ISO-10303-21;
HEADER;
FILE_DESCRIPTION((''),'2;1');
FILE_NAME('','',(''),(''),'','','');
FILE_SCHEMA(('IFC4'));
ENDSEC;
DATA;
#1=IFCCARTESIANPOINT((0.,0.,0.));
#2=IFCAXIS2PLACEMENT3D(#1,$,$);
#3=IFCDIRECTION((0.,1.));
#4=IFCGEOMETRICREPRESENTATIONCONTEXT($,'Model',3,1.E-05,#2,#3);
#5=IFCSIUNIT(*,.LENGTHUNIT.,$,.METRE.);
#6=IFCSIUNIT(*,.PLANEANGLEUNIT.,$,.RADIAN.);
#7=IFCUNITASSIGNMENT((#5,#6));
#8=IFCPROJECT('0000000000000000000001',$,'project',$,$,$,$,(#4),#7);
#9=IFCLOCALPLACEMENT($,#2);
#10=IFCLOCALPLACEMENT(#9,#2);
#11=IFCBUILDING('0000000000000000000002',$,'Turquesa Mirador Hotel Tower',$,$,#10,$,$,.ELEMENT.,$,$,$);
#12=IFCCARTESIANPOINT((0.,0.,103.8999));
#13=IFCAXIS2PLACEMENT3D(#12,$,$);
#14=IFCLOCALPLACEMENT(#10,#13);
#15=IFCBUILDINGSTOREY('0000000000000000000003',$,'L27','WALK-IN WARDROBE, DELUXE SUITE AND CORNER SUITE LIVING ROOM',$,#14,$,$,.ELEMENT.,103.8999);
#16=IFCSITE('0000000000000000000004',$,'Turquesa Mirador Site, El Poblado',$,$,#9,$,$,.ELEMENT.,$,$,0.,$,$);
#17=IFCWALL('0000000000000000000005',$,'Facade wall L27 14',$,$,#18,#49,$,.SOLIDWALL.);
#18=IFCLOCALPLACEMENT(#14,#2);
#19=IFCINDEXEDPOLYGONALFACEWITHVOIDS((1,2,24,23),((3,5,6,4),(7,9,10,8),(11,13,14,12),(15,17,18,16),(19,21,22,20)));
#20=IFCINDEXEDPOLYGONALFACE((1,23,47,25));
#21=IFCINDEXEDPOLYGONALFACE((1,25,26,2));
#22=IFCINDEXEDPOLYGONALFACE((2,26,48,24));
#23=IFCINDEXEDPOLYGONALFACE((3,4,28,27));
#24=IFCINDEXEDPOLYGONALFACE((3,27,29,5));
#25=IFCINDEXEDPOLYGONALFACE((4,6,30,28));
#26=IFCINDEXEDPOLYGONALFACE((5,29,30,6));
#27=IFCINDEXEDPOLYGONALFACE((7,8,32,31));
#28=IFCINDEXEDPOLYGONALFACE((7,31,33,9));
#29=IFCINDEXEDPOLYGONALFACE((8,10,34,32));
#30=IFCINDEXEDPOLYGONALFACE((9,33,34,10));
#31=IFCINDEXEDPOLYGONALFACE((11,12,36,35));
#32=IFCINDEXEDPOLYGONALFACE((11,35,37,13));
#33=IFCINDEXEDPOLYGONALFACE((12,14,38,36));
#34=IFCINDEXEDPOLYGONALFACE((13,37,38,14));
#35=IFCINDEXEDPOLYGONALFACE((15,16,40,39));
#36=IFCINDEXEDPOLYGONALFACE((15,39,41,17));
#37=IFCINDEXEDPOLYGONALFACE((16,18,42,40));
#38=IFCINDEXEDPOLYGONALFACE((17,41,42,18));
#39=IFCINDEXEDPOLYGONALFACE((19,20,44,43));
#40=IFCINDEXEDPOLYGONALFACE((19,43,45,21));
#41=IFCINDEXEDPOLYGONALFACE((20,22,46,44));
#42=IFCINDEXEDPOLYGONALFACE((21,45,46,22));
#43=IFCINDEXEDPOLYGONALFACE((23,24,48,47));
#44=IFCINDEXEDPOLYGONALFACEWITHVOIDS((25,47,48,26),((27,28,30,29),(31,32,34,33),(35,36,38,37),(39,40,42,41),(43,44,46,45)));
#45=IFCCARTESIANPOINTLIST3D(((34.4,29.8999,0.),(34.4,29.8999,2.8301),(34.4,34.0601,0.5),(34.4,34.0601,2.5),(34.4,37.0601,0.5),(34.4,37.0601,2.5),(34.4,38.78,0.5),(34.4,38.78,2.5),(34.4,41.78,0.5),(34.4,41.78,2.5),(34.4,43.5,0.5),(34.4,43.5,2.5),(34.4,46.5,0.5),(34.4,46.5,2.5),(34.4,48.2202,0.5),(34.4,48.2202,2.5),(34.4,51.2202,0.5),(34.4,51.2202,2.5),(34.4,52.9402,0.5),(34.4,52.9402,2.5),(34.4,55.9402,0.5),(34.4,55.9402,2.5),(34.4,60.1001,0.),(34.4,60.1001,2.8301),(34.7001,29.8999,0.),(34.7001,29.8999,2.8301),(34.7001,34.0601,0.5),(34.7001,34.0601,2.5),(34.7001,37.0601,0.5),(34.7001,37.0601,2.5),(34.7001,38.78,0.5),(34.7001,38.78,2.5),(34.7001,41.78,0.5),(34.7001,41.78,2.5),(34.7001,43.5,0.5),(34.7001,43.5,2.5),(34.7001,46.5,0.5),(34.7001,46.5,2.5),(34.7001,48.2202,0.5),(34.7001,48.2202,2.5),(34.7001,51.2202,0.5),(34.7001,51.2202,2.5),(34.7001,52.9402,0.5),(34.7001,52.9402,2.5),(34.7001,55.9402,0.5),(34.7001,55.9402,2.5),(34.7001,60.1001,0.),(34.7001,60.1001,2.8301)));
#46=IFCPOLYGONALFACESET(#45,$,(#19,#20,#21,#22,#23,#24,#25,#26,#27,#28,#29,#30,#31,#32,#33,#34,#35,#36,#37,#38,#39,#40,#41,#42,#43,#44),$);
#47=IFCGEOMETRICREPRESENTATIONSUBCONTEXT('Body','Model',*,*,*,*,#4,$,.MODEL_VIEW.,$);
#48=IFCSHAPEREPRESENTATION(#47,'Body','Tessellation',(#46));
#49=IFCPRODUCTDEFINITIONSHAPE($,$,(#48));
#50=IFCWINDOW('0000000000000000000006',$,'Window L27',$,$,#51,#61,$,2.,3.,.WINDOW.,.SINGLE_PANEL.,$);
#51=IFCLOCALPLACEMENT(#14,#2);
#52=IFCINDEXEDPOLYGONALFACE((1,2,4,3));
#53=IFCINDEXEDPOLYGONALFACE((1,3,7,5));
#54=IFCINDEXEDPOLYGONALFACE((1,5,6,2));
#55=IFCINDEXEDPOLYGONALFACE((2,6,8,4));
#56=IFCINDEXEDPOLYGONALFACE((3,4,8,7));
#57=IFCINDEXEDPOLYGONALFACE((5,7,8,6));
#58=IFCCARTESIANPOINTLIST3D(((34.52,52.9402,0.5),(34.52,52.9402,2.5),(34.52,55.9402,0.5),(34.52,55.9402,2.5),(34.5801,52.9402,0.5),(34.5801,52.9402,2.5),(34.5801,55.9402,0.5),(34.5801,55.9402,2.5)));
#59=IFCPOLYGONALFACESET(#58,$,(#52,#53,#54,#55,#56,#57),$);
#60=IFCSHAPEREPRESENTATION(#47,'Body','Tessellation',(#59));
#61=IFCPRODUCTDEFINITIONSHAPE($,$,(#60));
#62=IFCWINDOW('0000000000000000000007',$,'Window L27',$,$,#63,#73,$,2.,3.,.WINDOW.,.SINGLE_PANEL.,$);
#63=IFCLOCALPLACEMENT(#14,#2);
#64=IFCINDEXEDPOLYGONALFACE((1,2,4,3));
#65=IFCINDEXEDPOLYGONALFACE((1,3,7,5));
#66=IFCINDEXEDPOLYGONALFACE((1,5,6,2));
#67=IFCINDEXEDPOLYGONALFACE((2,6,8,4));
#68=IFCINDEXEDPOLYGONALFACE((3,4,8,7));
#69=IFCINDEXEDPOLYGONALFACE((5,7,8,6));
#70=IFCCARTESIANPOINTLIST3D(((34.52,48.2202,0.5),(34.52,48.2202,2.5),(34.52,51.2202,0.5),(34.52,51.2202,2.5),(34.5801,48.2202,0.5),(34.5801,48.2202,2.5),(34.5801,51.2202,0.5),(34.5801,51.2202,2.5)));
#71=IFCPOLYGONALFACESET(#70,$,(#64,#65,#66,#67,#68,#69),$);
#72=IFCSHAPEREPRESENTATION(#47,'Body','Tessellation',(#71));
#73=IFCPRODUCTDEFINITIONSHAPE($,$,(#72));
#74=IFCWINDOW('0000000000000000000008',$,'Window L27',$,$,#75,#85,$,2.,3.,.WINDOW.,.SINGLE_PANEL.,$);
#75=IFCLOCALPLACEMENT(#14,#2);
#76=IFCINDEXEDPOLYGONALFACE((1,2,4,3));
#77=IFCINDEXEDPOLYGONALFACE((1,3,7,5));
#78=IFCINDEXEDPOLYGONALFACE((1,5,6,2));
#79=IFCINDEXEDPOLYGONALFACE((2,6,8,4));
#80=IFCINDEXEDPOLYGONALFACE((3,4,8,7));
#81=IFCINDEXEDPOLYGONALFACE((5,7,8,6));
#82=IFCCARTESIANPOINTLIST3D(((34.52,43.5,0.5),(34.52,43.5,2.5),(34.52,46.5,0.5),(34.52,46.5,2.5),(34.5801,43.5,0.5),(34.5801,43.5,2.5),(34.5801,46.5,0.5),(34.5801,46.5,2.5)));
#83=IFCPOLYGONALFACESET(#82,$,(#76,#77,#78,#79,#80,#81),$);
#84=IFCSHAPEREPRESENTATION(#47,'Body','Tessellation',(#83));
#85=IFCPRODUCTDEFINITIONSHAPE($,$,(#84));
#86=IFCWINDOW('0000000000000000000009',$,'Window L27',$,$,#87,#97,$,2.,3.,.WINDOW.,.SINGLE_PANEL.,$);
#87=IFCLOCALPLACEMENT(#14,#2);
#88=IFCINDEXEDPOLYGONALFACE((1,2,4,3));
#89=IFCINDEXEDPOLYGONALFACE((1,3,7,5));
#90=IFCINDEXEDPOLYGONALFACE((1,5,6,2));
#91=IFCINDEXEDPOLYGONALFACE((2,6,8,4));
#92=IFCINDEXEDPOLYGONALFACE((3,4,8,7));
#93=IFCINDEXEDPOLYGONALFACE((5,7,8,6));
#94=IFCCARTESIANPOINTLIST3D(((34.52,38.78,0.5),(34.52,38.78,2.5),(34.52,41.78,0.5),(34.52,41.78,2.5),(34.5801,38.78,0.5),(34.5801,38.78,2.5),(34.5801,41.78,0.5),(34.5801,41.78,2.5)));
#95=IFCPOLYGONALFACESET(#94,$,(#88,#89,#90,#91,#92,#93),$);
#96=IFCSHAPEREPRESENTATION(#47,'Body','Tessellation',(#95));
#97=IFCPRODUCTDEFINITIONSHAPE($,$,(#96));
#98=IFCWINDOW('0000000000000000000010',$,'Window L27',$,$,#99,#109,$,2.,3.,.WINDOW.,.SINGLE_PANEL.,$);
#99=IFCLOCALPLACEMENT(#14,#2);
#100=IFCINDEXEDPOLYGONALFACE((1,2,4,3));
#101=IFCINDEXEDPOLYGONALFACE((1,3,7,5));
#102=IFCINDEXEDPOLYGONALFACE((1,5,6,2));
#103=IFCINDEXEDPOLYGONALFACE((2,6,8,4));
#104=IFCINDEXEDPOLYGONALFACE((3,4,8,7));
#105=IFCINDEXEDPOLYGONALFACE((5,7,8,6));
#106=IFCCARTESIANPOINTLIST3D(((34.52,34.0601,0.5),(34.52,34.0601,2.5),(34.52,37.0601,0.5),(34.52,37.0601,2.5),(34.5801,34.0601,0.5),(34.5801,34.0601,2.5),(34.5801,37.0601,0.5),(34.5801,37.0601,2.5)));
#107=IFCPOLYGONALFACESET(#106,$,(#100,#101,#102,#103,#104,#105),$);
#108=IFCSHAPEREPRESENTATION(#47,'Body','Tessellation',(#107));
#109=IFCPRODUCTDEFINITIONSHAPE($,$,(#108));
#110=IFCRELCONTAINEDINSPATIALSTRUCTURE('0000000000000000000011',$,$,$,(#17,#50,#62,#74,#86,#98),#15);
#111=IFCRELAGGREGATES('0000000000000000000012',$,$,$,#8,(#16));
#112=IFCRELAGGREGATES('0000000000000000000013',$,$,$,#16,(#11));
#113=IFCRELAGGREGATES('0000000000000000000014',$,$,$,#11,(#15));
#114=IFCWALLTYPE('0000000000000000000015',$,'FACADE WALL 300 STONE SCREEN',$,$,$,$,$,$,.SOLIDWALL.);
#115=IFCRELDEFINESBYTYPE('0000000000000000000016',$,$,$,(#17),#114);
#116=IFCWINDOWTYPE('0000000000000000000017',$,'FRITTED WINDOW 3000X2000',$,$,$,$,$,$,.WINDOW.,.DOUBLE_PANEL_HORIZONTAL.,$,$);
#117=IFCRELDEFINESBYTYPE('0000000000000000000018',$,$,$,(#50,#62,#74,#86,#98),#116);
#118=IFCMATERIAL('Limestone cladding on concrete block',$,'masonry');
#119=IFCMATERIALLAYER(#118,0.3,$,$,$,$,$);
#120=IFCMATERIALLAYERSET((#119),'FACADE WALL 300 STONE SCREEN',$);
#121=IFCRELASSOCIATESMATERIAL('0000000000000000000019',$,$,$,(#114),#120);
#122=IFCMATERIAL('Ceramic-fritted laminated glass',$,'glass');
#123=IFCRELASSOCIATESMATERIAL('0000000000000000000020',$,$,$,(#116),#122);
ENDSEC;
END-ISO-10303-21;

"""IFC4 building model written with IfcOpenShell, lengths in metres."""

from ifc_helpers import new_model, si_unit, direction, frame, frame_2d, origin, place, context, subcontext, project, spatial, rectangle, extrude, material, layer, layer_set, type_object, element, fill, save


model = new_model("IFC4")

# Units and contexts
model_context = context("Model", 3, precision=1e-05, world=origin(), true_north=direction((0.0, 1.0)))
body_context = subcontext(model_context, "Body", "Model", "MODEL_VIEW")
ifc_project = project(units=[si_unit("LENGTHUNIT", "METRE"), si_unit("PLANEANGLEUNIT", "RADIAN")], contexts=[model_context])

# Site, building, storey
site_placement = place(None, origin())
site = spatial("IfcSite", under=ifc_project, at=site_placement, Name="Turquesa Mirador Site, El Poblado", CompositionType="ELEMENT", RefElevation=0.0)
building_placement = place(site_placement, origin())
building = spatial("IfcBuilding", under=site, at=building_placement, Name="Turquesa Mirador Hotel Tower", CompositionType="ELEMENT")
storey_placement = place(building_placement, frame((0.0, 0.0, 103.8999)))
storey = spatial("IfcBuildingStorey", under=building, at=storey_placement, Name="L27", Description="WALK-IN WARDROBE, DELUXE SUITE AND CORNER SUITE LIVING ROOM", CompositionType="ELEMENT", Elevation=103.8999)

# Shared definitions
ifc_material_1 = material(Name="Limestone cladding on concrete block", Category="masonry")
ifc_layer = layer(ifc_material_1, 0.3)
ifc_layer_set = layer_set([ifc_layer], Name="FACADE WALL 300 STONE SCREEN")
wall_type = type_object("IfcWallType", Name="FACADE WALL 300 STONE SCREEN", PredefinedType="SOLIDWALL", material=ifc_layer_set)

# Wall, openings, windows
wall_1_placement = place(storey_placement, frame((34.55, 60.1001, 0.0), z_axis=(0.0, 0.0, 1.0), x_axis=(0.0, -1.0, 0.0)))
wall_1 = element("IfcWall", 1, at=wall_1_placement, inside=storey, type_object=wall_type, Name="Facade wall L27 14", PredefinedType="SOLIDWALL", context=body_context, shape_type="SweptSolid", body=[
    extrude(rectangle(XDim=30.2002, YDim=0.3, at=frame_2d((15.1001, 0.0))), origin(), (0.0, 0.0, 1.0), 2.8301),
])
opening_1_placement = place(wall_1_placement, frame((4.1599, 0.0, 0.5)))
opening_1 = element("IfcOpeningElement", 2, at=opening_1_placement, cuts=wall_1, PredefinedType="OPENING", context=body_context, shape_type="SweptSolid", body=[
    extrude(rectangle(XDim=3.0, YDim=2.0, at=frame_2d((1.5, 1.0))), frame((0.0, 0.1599, 0.0), z_axis=(0.0, -1.0, 0.0), x_axis=(1.0, 0.0, 0.0)), (0.0, 0.0, 1.0), 0.3201),
])
opening_2_placement = place(wall_1_placement, frame((8.8799, 0.0, 0.5)))
opening_2 = element("IfcOpeningElement", 3, at=opening_2_placement, cuts=wall_1, PredefinedType="OPENING", context=body_context, shape_type="SweptSolid", body=[
    extrude(rectangle(XDim=3.0, YDim=2.0, at=frame_2d((1.5, 1.0))), frame((0.0, 0.1599, 0.0), z_axis=(0.0, -1.0, 0.0), x_axis=(1.0, 0.0, 0.0)), (0.0, 0.0, 1.0), 0.3201),
])
opening_3_placement = place(wall_1_placement, frame((13.6001, 0.0, 0.5)))
opening_3 = element("IfcOpeningElement", 4, at=opening_3_placement, cuts=wall_1, PredefinedType="OPENING", context=body_context, shape_type="SweptSolid", body=[
    extrude(rectangle(XDim=3.0, YDim=2.0, at=frame_2d((1.5, 1.0))), frame((0.0, 0.1599, 0.0), z_axis=(0.0, -1.0, 0.0), x_axis=(1.0, 0.0, 0.0)), (0.0, 0.0, 1.0), 0.3201),
])
opening_4_placement = place(wall_1_placement, frame((18.3201, 0.0, 0.5)))
opening_4 = element("IfcOpeningElement", 5, at=opening_4_placement, cuts=wall_1, PredefinedType="OPENING", context=body_context, shape_type="SweptSolid", body=[
    extrude(rectangle(XDim=3.0, YDim=2.0, at=frame_2d((1.5, 1.0))), frame((0.0, 0.1599, 0.0), z_axis=(0.0, -1.0, 0.0), x_axis=(1.0, 0.0, 0.0)), (0.0, 0.0, 1.0), 0.3201),
])
opening_5_placement = place(wall_1_placement, frame((23.04, 0.0, 0.5)))
opening_5 = element("IfcOpeningElement", 6, at=opening_5_placement, cuts=wall_1, PredefinedType="OPENING", context=body_context, shape_type="SweptSolid", body=[
    extrude(rectangle(XDim=3.0, YDim=2.0, at=frame_2d((1.5, 1.0))), frame((0.0, 0.1599, 0.0), z_axis=(0.0, -1.0, 0.0), x_axis=(1.0, 0.0, 0.0)), (0.0, 0.0, 1.0), 0.3201),
])
ifc_material_2 = material(Name="Ceramic-fritted laminated glass", Category="glass")
window_type_1 = type_object("IfcWindowType", Name="FRITTED WINDOW 3000X2000", PartitioningType="DOUBLE_PANEL_HORIZONTAL", PredefinedType="WINDOW", material=ifc_material_2)
window_1_placement = place(opening_1_placement, origin())
window_1 = element("IfcWindow", 7, at=window_1_placement, inside=storey, type_object=window_type_1, Name="Window L27", OverallHeight=2.0, OverallWidth=3.0, PartitioningType="SINGLE_PANEL", PredefinedType="WINDOW", context=body_context, shape_type="SweptSolid", body=[
    extrude(rectangle(XDim=3.0, YDim=2.0, at=frame_2d((1.5, 1.0))), frame((0.0, 0.03, 0.0), z_axis=(0.0, -1.0, 0.0), x_axis=(1.0, 0.0, 0.0)), (0.0, 0.0, 1.0), 0.0601),
])
fill(opening_1, window_1)
window_2_placement = place(opening_2_placement, origin())
window_2 = element("IfcWindow", 8, at=window_2_placement, inside=storey, type_object=window_type_1, Name="Window L27", OverallHeight=2.0, OverallWidth=3.0, PartitioningType="SINGLE_PANEL", PredefinedType="WINDOW", context=body_context, shape_type="SweptSolid", body=[
    extrude(rectangle(XDim=3.0, YDim=2.0, at=frame_2d((1.5, 1.0))), frame((0.0, 0.03, 0.0), z_axis=(0.0, -1.0, 0.0), x_axis=(1.0, 0.0, 0.0)), (0.0, 0.0, 1.0), 0.0601),
])
fill(opening_2, window_2)
window_3_placement = place(opening_3_placement, origin())
window_3 = element("IfcWindow", 9, at=window_3_placement, inside=storey, type_object=window_type_1, Name="Window L27", OverallHeight=2.0, OverallWidth=3.0, PartitioningType="SINGLE_PANEL", PredefinedType="WINDOW", context=body_context, shape_type="SweptSolid", body=[
    extrude(rectangle(XDim=3.0, YDim=2.0, at=frame_2d((1.5, 1.0))), frame((0.0, 0.03, 0.0), z_axis=(0.0, -1.0, 0.0), x_axis=(1.0, 0.0, 0.0)), (0.0, 0.0, 1.0), 0.0601),
])
fill(opening_3, window_3)
window_4_placement = place(opening_4_placement, origin())
window_4 = element("IfcWindow", 10, at=window_4_placement, inside=storey, type_object=window_type_1, Name="Window L27", OverallHeight=2.0, OverallWidth=3.0, PartitioningType="SINGLE_PANEL", PredefinedType="WINDOW", context=body_context, shape_type="SweptSolid", body=[
    extrude(rectangle(XDim=3.0, YDim=2.0, at=frame_2d((1.5, 1.0))), frame((0.0, 0.03, 0.0), z_axis=(0.0, -1.0, 0.0), x_axis=(1.0, 0.0, 0.0)), (0.0, 0.0, 1.0), 0.0601),
])
fill(opening_4, window_4)
window_5_placement = place(opening_5_placement, origin())
window_5 = element("IfcWindow", 11, at=window_5_placement, inside=storey, type_object=window_type_1, Name="Window L27", OverallHeight=2.0, OverallWidth=3.0, PartitioningType="SINGLE_PANEL", PredefinedType="WINDOW", context=body_context, shape_type="SweptSolid", body=[
    extrude(rectangle(XDim=3.0, YDim=2.0, at=frame_2d((1.5, 1.0))), frame((0.0, 0.03, 0.0), z_axis=(0.0, -1.0, 0.0), x_axis=(1.0, 0.0, 0.0)), (0.0, 0.0, 1.0), 0.0601),
])
fill(opening_5, window_5)

save(model, "model.ifc")
